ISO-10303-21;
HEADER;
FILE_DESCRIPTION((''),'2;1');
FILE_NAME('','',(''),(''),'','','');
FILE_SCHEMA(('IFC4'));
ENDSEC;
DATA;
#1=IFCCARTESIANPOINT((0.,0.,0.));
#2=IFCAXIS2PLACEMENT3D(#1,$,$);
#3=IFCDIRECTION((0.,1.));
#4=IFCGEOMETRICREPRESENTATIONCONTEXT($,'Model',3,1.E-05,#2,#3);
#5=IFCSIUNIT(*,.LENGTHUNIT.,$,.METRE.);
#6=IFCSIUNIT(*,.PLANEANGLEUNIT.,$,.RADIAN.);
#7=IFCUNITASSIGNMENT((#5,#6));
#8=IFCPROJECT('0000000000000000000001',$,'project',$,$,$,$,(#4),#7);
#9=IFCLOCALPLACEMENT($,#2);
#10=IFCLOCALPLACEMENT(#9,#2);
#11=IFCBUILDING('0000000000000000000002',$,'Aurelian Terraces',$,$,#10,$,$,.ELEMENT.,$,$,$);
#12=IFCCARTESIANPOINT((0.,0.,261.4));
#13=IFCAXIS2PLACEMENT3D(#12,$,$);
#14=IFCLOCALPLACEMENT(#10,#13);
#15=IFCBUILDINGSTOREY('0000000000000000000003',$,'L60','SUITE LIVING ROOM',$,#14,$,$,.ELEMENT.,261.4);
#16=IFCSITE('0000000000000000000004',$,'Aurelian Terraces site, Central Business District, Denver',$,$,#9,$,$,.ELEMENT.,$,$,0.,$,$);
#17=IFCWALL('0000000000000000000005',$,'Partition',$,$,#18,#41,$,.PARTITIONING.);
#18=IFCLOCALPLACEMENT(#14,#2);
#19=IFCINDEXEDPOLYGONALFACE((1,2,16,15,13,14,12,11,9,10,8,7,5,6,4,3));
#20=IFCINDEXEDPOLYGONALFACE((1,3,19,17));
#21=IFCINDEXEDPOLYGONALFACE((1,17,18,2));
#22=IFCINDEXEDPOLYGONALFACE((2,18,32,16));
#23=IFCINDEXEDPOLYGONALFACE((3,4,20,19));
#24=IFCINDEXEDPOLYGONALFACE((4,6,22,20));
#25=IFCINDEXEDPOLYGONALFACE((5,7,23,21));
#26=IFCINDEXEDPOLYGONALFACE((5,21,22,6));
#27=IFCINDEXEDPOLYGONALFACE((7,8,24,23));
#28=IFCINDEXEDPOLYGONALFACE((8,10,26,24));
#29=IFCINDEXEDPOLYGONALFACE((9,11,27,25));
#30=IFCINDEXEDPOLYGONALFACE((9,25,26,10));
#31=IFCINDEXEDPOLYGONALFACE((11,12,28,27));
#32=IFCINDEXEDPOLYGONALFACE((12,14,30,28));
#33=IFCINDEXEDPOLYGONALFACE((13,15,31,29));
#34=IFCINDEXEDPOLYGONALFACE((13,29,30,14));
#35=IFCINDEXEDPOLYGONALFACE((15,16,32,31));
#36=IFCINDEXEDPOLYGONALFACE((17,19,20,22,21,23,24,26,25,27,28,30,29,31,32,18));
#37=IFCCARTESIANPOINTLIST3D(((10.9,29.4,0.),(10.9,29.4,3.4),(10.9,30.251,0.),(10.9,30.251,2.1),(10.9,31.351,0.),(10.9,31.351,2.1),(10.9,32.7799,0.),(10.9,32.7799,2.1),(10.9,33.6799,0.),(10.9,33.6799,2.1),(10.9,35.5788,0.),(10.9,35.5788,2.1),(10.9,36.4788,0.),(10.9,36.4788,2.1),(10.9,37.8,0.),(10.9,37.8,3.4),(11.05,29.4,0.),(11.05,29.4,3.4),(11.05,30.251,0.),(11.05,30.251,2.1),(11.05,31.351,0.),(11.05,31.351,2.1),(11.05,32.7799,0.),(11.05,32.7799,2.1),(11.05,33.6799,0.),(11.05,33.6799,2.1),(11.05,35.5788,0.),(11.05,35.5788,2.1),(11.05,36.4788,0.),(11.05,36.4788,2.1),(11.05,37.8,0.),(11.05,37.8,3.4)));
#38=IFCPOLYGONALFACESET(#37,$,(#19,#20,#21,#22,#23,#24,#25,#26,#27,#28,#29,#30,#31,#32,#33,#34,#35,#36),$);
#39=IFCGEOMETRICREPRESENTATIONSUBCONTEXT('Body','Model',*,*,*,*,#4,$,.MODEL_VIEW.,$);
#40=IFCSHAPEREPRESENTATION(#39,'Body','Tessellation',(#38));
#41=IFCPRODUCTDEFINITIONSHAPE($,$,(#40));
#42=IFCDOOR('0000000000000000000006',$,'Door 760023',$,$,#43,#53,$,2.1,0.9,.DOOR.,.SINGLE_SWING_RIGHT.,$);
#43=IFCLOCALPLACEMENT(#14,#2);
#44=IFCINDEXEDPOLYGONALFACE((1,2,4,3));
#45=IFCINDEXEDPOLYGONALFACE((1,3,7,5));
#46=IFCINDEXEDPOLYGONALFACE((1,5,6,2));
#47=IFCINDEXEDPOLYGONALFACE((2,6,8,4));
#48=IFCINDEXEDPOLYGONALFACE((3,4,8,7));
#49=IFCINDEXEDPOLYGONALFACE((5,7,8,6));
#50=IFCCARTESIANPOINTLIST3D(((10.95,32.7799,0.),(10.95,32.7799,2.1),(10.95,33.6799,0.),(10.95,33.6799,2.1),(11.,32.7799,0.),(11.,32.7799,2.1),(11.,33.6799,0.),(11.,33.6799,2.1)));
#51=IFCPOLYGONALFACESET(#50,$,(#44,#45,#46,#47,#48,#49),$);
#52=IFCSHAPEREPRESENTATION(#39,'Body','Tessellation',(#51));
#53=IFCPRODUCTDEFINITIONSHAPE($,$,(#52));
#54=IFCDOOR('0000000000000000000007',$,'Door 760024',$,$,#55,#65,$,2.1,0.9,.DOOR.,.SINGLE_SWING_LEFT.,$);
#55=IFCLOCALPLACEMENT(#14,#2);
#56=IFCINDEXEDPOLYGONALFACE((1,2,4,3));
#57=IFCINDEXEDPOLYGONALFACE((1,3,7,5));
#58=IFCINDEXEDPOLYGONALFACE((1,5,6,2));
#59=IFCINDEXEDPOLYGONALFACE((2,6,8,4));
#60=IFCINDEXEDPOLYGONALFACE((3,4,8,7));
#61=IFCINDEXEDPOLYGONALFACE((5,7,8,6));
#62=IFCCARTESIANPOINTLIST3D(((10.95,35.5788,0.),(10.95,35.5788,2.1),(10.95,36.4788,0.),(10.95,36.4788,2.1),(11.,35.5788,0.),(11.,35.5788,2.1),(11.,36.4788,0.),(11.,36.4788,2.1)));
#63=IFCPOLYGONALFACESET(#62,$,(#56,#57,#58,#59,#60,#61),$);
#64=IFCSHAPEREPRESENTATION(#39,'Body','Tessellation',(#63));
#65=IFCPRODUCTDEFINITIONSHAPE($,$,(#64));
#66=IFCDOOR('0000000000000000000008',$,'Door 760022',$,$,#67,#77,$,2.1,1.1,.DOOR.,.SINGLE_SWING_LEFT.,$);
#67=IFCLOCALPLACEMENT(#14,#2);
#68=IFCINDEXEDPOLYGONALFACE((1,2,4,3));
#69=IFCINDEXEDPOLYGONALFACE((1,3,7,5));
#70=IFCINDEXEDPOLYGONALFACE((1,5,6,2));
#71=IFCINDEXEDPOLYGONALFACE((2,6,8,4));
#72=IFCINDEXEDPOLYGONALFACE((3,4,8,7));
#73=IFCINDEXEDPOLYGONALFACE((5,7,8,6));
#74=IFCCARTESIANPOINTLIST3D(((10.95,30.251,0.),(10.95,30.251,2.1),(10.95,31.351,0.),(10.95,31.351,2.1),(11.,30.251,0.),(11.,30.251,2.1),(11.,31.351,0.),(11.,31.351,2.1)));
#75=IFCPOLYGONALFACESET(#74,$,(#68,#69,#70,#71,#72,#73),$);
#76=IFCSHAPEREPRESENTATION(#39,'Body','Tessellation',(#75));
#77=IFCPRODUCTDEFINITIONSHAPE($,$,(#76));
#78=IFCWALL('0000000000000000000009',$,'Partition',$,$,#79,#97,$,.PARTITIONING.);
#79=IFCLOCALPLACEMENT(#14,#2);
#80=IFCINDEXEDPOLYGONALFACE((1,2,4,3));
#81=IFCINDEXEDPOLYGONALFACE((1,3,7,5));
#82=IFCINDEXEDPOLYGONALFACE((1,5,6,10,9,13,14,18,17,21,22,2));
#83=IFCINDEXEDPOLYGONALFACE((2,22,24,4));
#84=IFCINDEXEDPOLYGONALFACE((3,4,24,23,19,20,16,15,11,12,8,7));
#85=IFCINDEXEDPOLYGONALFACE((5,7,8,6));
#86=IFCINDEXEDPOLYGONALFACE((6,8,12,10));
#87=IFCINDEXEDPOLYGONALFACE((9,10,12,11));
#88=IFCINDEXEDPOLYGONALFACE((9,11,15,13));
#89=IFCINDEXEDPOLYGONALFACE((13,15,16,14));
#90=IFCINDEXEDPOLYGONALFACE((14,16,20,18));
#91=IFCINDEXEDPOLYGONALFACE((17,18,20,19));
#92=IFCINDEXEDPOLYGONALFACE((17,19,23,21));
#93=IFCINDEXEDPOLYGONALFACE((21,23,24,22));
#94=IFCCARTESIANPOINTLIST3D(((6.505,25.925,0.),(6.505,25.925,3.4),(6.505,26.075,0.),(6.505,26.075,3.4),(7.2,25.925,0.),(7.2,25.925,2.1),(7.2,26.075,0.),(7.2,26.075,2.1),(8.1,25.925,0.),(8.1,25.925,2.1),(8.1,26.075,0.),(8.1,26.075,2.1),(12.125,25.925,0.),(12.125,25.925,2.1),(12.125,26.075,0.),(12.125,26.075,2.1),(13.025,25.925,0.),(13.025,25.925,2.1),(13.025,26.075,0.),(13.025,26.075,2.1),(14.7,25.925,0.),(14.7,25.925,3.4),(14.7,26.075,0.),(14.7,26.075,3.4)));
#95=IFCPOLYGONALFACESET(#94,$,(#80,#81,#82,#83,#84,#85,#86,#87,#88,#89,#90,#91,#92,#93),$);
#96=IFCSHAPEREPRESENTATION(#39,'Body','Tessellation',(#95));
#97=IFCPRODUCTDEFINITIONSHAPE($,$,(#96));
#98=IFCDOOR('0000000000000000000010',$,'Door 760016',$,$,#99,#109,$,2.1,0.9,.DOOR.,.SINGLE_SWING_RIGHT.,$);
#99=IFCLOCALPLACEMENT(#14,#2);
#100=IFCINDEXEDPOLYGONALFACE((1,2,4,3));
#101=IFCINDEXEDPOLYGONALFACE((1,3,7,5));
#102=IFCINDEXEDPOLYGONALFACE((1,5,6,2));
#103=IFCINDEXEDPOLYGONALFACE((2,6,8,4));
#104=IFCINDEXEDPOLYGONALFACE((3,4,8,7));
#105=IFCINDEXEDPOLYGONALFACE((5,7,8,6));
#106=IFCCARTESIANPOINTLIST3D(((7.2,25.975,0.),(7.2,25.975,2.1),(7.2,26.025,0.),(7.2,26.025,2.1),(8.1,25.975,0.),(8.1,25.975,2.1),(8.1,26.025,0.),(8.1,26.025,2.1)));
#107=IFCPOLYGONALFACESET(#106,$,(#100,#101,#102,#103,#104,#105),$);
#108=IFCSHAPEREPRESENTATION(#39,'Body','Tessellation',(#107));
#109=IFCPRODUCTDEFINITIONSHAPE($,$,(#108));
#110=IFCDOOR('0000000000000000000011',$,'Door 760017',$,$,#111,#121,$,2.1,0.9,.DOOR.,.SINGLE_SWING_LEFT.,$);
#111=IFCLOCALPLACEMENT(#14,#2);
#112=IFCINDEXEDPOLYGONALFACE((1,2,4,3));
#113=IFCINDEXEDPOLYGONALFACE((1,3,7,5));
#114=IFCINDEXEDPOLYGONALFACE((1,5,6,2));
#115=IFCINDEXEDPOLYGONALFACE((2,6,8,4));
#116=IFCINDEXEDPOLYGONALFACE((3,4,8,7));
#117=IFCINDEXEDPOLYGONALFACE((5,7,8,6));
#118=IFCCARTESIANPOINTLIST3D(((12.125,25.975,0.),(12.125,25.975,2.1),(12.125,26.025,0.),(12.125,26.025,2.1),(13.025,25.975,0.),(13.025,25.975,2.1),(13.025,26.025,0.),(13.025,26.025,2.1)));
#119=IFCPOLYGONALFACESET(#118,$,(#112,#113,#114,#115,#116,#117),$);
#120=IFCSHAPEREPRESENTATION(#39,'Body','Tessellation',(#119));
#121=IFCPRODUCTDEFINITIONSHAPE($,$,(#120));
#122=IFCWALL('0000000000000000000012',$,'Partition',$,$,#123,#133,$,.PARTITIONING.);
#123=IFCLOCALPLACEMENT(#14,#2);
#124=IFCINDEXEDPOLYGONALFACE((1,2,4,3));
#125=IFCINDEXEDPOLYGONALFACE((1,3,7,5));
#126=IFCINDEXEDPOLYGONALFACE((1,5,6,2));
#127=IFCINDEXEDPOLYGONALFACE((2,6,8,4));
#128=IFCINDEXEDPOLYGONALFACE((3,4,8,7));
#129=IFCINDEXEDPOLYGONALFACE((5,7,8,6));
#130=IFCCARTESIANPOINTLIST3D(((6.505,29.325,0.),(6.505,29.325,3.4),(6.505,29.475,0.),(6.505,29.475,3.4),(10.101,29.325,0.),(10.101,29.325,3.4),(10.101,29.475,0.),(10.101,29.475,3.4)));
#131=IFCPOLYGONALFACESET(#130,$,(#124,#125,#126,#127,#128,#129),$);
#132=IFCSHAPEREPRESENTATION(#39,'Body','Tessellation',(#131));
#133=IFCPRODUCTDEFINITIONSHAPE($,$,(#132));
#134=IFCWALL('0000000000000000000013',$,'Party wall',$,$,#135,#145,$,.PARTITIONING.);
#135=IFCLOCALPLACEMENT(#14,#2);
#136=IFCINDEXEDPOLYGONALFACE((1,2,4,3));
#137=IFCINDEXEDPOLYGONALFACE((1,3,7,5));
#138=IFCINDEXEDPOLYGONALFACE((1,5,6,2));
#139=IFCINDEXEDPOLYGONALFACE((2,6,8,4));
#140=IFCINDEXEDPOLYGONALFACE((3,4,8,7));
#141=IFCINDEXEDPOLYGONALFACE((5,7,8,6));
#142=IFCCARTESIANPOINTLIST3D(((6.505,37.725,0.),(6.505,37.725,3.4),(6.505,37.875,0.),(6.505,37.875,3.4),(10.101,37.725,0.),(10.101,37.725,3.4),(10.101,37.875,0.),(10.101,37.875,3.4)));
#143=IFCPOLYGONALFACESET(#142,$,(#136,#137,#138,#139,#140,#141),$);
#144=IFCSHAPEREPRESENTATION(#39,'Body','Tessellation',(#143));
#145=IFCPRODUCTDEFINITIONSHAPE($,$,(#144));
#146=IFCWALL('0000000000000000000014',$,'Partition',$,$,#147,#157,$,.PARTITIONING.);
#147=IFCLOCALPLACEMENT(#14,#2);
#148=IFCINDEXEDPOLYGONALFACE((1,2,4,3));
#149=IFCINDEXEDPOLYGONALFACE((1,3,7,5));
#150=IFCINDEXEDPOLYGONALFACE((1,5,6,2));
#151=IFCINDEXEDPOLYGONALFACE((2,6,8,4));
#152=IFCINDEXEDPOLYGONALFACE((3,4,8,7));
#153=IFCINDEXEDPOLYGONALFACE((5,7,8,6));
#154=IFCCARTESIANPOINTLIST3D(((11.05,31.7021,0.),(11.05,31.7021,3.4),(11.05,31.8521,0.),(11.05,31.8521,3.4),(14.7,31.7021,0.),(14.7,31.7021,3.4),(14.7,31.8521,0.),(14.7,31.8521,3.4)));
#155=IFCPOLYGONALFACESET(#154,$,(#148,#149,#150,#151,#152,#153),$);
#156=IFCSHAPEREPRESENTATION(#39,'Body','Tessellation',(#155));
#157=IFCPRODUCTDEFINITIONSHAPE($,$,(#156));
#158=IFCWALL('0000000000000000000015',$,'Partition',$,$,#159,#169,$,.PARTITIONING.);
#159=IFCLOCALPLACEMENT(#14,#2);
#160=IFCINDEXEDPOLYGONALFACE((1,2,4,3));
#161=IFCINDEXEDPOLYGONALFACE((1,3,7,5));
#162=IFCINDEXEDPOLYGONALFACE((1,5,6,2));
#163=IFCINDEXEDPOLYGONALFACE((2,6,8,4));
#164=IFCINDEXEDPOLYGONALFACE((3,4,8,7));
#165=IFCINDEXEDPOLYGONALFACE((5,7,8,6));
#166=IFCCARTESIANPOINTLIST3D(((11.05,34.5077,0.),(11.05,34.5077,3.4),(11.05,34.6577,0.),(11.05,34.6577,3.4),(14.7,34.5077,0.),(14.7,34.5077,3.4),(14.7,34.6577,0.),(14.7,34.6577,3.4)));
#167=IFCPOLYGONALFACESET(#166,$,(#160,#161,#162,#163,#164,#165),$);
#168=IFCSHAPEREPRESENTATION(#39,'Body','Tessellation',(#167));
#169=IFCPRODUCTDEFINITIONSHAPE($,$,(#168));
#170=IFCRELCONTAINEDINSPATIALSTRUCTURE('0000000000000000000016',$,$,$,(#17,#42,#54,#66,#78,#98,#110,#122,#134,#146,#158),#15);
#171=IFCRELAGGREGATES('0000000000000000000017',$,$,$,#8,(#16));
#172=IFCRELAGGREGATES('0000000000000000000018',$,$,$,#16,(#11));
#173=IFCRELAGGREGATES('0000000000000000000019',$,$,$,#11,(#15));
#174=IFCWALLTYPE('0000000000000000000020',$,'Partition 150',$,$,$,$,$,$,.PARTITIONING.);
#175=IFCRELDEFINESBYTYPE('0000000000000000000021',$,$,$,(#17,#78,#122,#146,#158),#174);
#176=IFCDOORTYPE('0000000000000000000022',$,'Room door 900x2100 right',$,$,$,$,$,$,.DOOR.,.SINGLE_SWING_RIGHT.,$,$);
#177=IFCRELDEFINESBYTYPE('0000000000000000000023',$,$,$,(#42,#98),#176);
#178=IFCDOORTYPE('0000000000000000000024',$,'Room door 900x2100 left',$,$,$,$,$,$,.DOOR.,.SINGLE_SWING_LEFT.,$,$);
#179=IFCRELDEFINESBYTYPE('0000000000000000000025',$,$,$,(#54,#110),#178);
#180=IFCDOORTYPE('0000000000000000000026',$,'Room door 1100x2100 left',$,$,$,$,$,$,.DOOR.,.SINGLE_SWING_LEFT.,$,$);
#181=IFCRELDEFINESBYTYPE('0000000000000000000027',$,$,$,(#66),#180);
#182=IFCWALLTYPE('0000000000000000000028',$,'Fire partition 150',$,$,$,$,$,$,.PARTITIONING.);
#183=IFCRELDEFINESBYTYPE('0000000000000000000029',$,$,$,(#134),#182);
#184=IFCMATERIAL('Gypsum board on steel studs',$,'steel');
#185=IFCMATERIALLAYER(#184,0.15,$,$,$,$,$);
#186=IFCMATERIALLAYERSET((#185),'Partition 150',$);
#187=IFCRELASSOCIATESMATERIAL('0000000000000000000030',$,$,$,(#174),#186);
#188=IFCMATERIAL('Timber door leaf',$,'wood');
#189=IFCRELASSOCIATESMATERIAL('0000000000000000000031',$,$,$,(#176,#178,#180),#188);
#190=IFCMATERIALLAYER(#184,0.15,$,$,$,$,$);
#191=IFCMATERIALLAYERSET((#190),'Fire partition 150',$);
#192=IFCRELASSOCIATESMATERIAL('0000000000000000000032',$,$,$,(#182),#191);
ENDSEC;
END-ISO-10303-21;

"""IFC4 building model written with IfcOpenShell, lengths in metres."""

from ifc_helpers import new_model, si_unit, direction, frame, frame_2d, origin, place, context, subcontext, project, spatial, rectangle, extrude, source, transform, mapped, material, layer, layer_set, type_object, element, fill, save


model = new_model("IFC4")

# Units and contexts
model_context = context("Model", 3, precision=1e-05, world=origin(), true_north=direction((0.0, 1.0)))
body_context = subcontext(model_context, "Body", "Model", "MODEL_VIEW")
ifc_project = project(units=[si_unit("LENGTHUNIT", "METRE"), si_unit("PLANEANGLEUNIT", "RADIAN")], contexts=[model_context])

# Site, building, storey
site_placement = place(None, origin())
site = spatial("IfcSite", under=ifc_project, at=site_placement, Name="Aurelian Terraces site, Central Business District, Denver", CompositionType="ELEMENT", RefElevation=0.0)
building_placement = place(site_placement, origin())
building = spatial("IfcBuilding", under=site, at=building_placement, Name="Aurelian Terraces", CompositionType="ELEMENT")
storey_placement = place(building_placement, frame((0.0, 0.0, 261.4)))
storey = spatial("IfcBuildingStorey", under=building, at=storey_placement, Name="L60", Description="SUITE LIVING ROOM", CompositionType="ELEMENT", Elevation=261.4)

# Walls, openings, doors
ifc_material_1 = material(Name="Gypsum board on steel studs", Category="steel")
ifc_layer_1 = layer(ifc_material_1, 0.15)
ifc_layer_set_1 = layer_set([ifc_layer_1], Name="Partition 150")
wall_type_1 = type_object("IfcWallType", Name="Partition 150", PredefinedType="PARTITIONING", material=ifc_layer_set_1)
shared_shape_1 = source(origin(), body_context, "Body", "SweptSolid", [
    extrude(rectangle(XDim=8.4, YDim=0.15, at=frame_2d((4.2, 0.0))), origin(), (0.0, 0.0, 1.0), 3.4),
])
wall_1_placement = place(storey_placement, frame((10.975, 29.4, 0.0), z_axis=(0.0, 0.0, 1.0), x_axis=(0.0, 1.0, 0.0)))
wall_1 = element("IfcWall", 1, at=wall_1_placement, inside=storey, type_object=wall_type_1, Name="Partition", PredefinedType="PARTITIONING", context=body_context, shape_type="MappedRepresentation", body=[
    mapped(shared_shape_1, transform((0.0, 0.0, 0.0), scale=1.0)),
])
shared_shape_2 = source(origin(), body_context, "Body", "SweptSolid", [
    extrude(rectangle(XDim=1.1, YDim=2.1, at=frame_2d((0.55, 1.05))), frame((0.0, 0.085, 0.0), z_axis=(0.0, -1.0, 0.0), x_axis=(1.0, 0.0, 0.0)), (0.0, 0.0, 1.0), 0.17),
])
opening_1_placement = place(wall_1_placement, frame((0.851, 0.0, 0.0)))
opening_1 = element("IfcOpeningElement", 2, at=opening_1_placement, cuts=wall_1, PredefinedType="OPENING", context=body_context, shape_type="MappedRepresentation", body=[
    mapped(shared_shape_2, transform((0.0, 0.0, 0.0), scale=1.0)),
])
shared_shape_3 = source(origin(), body_context, "Body", "SweptSolid", [
    extrude(rectangle(XDim=0.9, YDim=2.1, at=frame_2d((0.45, 1.05))), frame((0.0, 0.085, 0.0), z_axis=(0.0, -1.0, 0.0), x_axis=(1.0, 0.0, 0.0)), (0.0, 0.0, 1.0), 0.17),
])
opening_2_placement = place(wall_1_placement, frame((3.3799, 0.0, 0.0)))
opening_2 = element("IfcOpeningElement", 3, at=opening_2_placement, cuts=wall_1, PredefinedType="OPENING", context=body_context, shape_type="MappedRepresentation", body=[
    mapped(shared_shape_3, transform((0.0, 0.0, 0.0), scale=1.0)),
])
opening_3_placement = place(wall_1_placement, frame((6.1788, 0.0, 0.0)))
opening_3 = element("IfcOpeningElement", 4, at=opening_3_placement, cuts=wall_1, PredefinedType="OPENING", context=body_context, shape_type="MappedRepresentation", body=[
    mapped(shared_shape_3, transform((0.0, 0.0, 0.0), scale=1.0)),
])
ifc_material_2 = material(Name="Timber door leaf", Category="wood")
door_type_1 = type_object("IfcDoorType", Name="Room door 900x2100 right", OperationType="SINGLE_SWING_RIGHT", PredefinedType="DOOR", material=ifc_material_2)
shared_shape_4 = source(origin(), body_context, "Body", "SweptSolid", [
    extrude(rectangle(XDim=0.9, YDim=2.1, at=frame_2d((0.45, 1.05))), frame((0.0, 0.025, 0.0), z_axis=(0.0, -1.0, 0.0), x_axis=(1.0, 0.0, 0.0)), (0.0, 0.0, 1.0), 0.05),
])
door_1_placement = place(opening_2_placement, origin())
door_1 = element("IfcDoor", 5, at=door_1_placement, inside=storey, type_object=door_type_1, Name="Door 760023", OperationType="SINGLE_SWING_RIGHT", OverallHeight=2.1, OverallWidth=0.9, PredefinedType="DOOR", context=body_context, shape_type="MappedRepresentation", body=[
    mapped(shared_shape_4, transform((0.0, 0.0, 0.0), scale=1.0)),
])
fill(opening_2, door_1)
door_type_2 = type_object("IfcDoorType", Name="Room door 900x2100 left", OperationType="SINGLE_SWING_LEFT", PredefinedType="DOOR", material=ifc_material_2)
door_2_placement = place(opening_3_placement, origin())
door_2 = element("IfcDoor", 6, at=door_2_placement, inside=storey, type_object=door_type_2, Name="Door 760024", OperationType="SINGLE_SWING_LEFT", OverallHeight=2.1, OverallWidth=0.9, PredefinedType="DOOR", context=body_context, shape_type="MappedRepresentation", body=[
    mapped(shared_shape_4, transform((0.0, 0.0, 0.0), scale=1.0)),
])
fill(opening_3, door_2)
door_type_3 = type_object("IfcDoorType", Name="Room door 1100x2100 left", OperationType="SINGLE_SWING_LEFT", PredefinedType="DOOR", material=ifc_material_2)
shared_shape_5 = source(origin(), body_context, "Body", "SweptSolid", [
    extrude(rectangle(XDim=1.1, YDim=2.1, at=frame_2d((0.55, 1.05))), frame((0.0, 0.025, 0.0), z_axis=(0.0, -1.0, 0.0), x_axis=(1.0, 0.0, 0.0)), (0.0, 0.0, 1.0), 0.05),
])
door_3_placement = place(opening_1_placement, origin())
door_3 = element("IfcDoor", 7, at=door_3_placement, inside=storey, type_object=door_type_3, Name="Door 760022", OperationType="SINGLE_SWING_LEFT", OverallHeight=2.1, OverallWidth=1.1, PredefinedType="DOOR", context=body_context, shape_type="MappedRepresentation", body=[
    mapped(shared_shape_5, transform((0.0, 0.0, 0.0), scale=1.0)),
])
fill(opening_1, door_3)
shared_shape_6 = source(origin(), body_context, "Body", "SweptSolid", [
    extrude(rectangle(XDim=8.195, YDim=0.15, at=frame_2d((4.0975, 0.0))), origin(), (0.0, 0.0, 1.0), 3.4),
])
wall_2_placement = place(storey_placement, frame((6.505, 26.0, 0.0), z_axis=(0.0, 0.0, 1.0), x_axis=(1.0, 0.0, 0.0)))
wall_2 = element("IfcWall", 8, at=wall_2_placement, inside=storey, type_object=wall_type_1, Name="Partition", PredefinedType="PARTITIONING", context=body_context, shape_type="MappedRepresentation", body=[
    mapped(shared_shape_6, transform((0.0, 0.0, 0.0), scale=1.0)),
])
opening_4_placement = place(wall_2_placement, frame((0.695, 0.0, 0.0)))
opening_4 = element("IfcOpeningElement", 9, at=opening_4_placement, cuts=wall_2, PredefinedType="OPENING", context=body_context, shape_type="MappedRepresentation", body=[
    mapped(shared_shape_3, transform((0.0, 0.0, 0.0), scale=1.0)),
])
opening_5_placement = place(wall_2_placement, frame((5.62, 0.0, 0.0)))
opening_5 = element("IfcOpeningElement", 10, at=opening_5_placement, cuts=wall_2, PredefinedType="OPENING", context=body_context, shape_type="MappedRepresentation", body=[
    mapped(shared_shape_3, transform((0.0, 0.0, 0.0), scale=1.0)),
])
door_4_placement = place(opening_4_placement, origin())
door_4 = element("IfcDoor", 11, at=door_4_placement, inside=storey, type_object=door_type_1, Name="Door 760016", OperationType="SINGLE_SWING_RIGHT", OverallHeight=2.1, OverallWidth=0.9, PredefinedType="DOOR", context=body_context, shape_type="MappedRepresentation", body=[
    mapped(shared_shape_4, transform((0.0, 0.0, 0.0), scale=1.0)),
])
fill(opening_4, door_4)
door_5_placement = place(opening_5_placement, origin())
door_5 = element("IfcDoor", 12, at=door_5_placement, inside=storey, type_object=door_type_2, Name="Door 760017", OperationType="SINGLE_SWING_LEFT", OverallHeight=2.1, OverallWidth=0.9, PredefinedType="DOOR", context=body_context, shape_type="MappedRepresentation", body=[
    mapped(shared_shape_4, transform((0.0, 0.0, 0.0), scale=1.0)),
])
fill(opening_5, door_5)

# Walls
shared_shape_7 = source(origin(), body_context, "Body", "SweptSolid", [
    extrude(rectangle(XDim=3.596, YDim=0.15, at=frame_2d((1.798, 0.0))), origin(), (0.0, 0.0, 1.0), 3.4),
])
wall_3_placement = place(storey_placement, frame((10.101, 29.4, 0.0), z_axis=(0.0, 0.0, 1.0), x_axis=(-1.0, 0.0, 0.0)))
element("IfcWall", 13, at=wall_3_placement, inside=storey, type_object=wall_type_1, Name="Partition", PredefinedType="PARTITIONING", context=body_context, shape_type="MappedRepresentation", body=[
    mapped(shared_shape_7, transform((0.0, 0.0, 0.0), scale=1.0)),
])
ifc_layer_2 = layer(ifc_material_1, 0.15)
ifc_layer_set_2 = layer_set([ifc_layer_2], Name="Fire partition 150")
wall_type_2 = type_object("IfcWallType", Name="Fire partition 150", PredefinedType="PARTITIONING", material=ifc_layer_set_2)
wall_4_placement = place(storey_placement, frame((10.101, 37.8, 0.0), z_axis=(0.0, 0.0, 1.0), x_axis=(-1.0, 0.0, 0.0)))
element("IfcWall", 14, at=wall_4_placement, inside=storey, type_object=wall_type_2, Name="Party wall", PredefinedType="PARTITIONING", context=body_context, shape_type="MappedRepresentation", body=[
    mapped(shared_shape_7, transform((0.0, 0.0, 0.0), scale=1.0)),
])
shared_shape_8 = source(origin(), body_context, "Body", "SweptSolid", [
    extrude(rectangle(XDim=3.65, YDim=0.15, at=frame_2d((1.825, 0.0))), origin(), (0.0, 0.0, 1.0), 3.4),
])
for number, where, z_axis, x_axis, name in (
    (15, (14.7, 31.7771, 0.0), (0.0, 0.0, 1.0), (-1.0, 0.0, 0.0), "Partition"),
    (16, (14.7, 34.5827, 0.0), (0.0, 0.0, 1.0), (-1.0, 0.0, 0.0), "Partition"),
):
    element("IfcWall", number, at=place(storey_placement, frame(where, z_axis=z_axis, x_axis=x_axis)), inside=storey, type_object=wall_type_1, Name=name, PredefinedType="PARTITIONING", context=body_context, shape_type="MappedRepresentation", body=[
        mapped(shared_shape_8, transform((0.0, 0.0, 0.0), scale=1.0)),
    ])

save(model, "model.ifc")
